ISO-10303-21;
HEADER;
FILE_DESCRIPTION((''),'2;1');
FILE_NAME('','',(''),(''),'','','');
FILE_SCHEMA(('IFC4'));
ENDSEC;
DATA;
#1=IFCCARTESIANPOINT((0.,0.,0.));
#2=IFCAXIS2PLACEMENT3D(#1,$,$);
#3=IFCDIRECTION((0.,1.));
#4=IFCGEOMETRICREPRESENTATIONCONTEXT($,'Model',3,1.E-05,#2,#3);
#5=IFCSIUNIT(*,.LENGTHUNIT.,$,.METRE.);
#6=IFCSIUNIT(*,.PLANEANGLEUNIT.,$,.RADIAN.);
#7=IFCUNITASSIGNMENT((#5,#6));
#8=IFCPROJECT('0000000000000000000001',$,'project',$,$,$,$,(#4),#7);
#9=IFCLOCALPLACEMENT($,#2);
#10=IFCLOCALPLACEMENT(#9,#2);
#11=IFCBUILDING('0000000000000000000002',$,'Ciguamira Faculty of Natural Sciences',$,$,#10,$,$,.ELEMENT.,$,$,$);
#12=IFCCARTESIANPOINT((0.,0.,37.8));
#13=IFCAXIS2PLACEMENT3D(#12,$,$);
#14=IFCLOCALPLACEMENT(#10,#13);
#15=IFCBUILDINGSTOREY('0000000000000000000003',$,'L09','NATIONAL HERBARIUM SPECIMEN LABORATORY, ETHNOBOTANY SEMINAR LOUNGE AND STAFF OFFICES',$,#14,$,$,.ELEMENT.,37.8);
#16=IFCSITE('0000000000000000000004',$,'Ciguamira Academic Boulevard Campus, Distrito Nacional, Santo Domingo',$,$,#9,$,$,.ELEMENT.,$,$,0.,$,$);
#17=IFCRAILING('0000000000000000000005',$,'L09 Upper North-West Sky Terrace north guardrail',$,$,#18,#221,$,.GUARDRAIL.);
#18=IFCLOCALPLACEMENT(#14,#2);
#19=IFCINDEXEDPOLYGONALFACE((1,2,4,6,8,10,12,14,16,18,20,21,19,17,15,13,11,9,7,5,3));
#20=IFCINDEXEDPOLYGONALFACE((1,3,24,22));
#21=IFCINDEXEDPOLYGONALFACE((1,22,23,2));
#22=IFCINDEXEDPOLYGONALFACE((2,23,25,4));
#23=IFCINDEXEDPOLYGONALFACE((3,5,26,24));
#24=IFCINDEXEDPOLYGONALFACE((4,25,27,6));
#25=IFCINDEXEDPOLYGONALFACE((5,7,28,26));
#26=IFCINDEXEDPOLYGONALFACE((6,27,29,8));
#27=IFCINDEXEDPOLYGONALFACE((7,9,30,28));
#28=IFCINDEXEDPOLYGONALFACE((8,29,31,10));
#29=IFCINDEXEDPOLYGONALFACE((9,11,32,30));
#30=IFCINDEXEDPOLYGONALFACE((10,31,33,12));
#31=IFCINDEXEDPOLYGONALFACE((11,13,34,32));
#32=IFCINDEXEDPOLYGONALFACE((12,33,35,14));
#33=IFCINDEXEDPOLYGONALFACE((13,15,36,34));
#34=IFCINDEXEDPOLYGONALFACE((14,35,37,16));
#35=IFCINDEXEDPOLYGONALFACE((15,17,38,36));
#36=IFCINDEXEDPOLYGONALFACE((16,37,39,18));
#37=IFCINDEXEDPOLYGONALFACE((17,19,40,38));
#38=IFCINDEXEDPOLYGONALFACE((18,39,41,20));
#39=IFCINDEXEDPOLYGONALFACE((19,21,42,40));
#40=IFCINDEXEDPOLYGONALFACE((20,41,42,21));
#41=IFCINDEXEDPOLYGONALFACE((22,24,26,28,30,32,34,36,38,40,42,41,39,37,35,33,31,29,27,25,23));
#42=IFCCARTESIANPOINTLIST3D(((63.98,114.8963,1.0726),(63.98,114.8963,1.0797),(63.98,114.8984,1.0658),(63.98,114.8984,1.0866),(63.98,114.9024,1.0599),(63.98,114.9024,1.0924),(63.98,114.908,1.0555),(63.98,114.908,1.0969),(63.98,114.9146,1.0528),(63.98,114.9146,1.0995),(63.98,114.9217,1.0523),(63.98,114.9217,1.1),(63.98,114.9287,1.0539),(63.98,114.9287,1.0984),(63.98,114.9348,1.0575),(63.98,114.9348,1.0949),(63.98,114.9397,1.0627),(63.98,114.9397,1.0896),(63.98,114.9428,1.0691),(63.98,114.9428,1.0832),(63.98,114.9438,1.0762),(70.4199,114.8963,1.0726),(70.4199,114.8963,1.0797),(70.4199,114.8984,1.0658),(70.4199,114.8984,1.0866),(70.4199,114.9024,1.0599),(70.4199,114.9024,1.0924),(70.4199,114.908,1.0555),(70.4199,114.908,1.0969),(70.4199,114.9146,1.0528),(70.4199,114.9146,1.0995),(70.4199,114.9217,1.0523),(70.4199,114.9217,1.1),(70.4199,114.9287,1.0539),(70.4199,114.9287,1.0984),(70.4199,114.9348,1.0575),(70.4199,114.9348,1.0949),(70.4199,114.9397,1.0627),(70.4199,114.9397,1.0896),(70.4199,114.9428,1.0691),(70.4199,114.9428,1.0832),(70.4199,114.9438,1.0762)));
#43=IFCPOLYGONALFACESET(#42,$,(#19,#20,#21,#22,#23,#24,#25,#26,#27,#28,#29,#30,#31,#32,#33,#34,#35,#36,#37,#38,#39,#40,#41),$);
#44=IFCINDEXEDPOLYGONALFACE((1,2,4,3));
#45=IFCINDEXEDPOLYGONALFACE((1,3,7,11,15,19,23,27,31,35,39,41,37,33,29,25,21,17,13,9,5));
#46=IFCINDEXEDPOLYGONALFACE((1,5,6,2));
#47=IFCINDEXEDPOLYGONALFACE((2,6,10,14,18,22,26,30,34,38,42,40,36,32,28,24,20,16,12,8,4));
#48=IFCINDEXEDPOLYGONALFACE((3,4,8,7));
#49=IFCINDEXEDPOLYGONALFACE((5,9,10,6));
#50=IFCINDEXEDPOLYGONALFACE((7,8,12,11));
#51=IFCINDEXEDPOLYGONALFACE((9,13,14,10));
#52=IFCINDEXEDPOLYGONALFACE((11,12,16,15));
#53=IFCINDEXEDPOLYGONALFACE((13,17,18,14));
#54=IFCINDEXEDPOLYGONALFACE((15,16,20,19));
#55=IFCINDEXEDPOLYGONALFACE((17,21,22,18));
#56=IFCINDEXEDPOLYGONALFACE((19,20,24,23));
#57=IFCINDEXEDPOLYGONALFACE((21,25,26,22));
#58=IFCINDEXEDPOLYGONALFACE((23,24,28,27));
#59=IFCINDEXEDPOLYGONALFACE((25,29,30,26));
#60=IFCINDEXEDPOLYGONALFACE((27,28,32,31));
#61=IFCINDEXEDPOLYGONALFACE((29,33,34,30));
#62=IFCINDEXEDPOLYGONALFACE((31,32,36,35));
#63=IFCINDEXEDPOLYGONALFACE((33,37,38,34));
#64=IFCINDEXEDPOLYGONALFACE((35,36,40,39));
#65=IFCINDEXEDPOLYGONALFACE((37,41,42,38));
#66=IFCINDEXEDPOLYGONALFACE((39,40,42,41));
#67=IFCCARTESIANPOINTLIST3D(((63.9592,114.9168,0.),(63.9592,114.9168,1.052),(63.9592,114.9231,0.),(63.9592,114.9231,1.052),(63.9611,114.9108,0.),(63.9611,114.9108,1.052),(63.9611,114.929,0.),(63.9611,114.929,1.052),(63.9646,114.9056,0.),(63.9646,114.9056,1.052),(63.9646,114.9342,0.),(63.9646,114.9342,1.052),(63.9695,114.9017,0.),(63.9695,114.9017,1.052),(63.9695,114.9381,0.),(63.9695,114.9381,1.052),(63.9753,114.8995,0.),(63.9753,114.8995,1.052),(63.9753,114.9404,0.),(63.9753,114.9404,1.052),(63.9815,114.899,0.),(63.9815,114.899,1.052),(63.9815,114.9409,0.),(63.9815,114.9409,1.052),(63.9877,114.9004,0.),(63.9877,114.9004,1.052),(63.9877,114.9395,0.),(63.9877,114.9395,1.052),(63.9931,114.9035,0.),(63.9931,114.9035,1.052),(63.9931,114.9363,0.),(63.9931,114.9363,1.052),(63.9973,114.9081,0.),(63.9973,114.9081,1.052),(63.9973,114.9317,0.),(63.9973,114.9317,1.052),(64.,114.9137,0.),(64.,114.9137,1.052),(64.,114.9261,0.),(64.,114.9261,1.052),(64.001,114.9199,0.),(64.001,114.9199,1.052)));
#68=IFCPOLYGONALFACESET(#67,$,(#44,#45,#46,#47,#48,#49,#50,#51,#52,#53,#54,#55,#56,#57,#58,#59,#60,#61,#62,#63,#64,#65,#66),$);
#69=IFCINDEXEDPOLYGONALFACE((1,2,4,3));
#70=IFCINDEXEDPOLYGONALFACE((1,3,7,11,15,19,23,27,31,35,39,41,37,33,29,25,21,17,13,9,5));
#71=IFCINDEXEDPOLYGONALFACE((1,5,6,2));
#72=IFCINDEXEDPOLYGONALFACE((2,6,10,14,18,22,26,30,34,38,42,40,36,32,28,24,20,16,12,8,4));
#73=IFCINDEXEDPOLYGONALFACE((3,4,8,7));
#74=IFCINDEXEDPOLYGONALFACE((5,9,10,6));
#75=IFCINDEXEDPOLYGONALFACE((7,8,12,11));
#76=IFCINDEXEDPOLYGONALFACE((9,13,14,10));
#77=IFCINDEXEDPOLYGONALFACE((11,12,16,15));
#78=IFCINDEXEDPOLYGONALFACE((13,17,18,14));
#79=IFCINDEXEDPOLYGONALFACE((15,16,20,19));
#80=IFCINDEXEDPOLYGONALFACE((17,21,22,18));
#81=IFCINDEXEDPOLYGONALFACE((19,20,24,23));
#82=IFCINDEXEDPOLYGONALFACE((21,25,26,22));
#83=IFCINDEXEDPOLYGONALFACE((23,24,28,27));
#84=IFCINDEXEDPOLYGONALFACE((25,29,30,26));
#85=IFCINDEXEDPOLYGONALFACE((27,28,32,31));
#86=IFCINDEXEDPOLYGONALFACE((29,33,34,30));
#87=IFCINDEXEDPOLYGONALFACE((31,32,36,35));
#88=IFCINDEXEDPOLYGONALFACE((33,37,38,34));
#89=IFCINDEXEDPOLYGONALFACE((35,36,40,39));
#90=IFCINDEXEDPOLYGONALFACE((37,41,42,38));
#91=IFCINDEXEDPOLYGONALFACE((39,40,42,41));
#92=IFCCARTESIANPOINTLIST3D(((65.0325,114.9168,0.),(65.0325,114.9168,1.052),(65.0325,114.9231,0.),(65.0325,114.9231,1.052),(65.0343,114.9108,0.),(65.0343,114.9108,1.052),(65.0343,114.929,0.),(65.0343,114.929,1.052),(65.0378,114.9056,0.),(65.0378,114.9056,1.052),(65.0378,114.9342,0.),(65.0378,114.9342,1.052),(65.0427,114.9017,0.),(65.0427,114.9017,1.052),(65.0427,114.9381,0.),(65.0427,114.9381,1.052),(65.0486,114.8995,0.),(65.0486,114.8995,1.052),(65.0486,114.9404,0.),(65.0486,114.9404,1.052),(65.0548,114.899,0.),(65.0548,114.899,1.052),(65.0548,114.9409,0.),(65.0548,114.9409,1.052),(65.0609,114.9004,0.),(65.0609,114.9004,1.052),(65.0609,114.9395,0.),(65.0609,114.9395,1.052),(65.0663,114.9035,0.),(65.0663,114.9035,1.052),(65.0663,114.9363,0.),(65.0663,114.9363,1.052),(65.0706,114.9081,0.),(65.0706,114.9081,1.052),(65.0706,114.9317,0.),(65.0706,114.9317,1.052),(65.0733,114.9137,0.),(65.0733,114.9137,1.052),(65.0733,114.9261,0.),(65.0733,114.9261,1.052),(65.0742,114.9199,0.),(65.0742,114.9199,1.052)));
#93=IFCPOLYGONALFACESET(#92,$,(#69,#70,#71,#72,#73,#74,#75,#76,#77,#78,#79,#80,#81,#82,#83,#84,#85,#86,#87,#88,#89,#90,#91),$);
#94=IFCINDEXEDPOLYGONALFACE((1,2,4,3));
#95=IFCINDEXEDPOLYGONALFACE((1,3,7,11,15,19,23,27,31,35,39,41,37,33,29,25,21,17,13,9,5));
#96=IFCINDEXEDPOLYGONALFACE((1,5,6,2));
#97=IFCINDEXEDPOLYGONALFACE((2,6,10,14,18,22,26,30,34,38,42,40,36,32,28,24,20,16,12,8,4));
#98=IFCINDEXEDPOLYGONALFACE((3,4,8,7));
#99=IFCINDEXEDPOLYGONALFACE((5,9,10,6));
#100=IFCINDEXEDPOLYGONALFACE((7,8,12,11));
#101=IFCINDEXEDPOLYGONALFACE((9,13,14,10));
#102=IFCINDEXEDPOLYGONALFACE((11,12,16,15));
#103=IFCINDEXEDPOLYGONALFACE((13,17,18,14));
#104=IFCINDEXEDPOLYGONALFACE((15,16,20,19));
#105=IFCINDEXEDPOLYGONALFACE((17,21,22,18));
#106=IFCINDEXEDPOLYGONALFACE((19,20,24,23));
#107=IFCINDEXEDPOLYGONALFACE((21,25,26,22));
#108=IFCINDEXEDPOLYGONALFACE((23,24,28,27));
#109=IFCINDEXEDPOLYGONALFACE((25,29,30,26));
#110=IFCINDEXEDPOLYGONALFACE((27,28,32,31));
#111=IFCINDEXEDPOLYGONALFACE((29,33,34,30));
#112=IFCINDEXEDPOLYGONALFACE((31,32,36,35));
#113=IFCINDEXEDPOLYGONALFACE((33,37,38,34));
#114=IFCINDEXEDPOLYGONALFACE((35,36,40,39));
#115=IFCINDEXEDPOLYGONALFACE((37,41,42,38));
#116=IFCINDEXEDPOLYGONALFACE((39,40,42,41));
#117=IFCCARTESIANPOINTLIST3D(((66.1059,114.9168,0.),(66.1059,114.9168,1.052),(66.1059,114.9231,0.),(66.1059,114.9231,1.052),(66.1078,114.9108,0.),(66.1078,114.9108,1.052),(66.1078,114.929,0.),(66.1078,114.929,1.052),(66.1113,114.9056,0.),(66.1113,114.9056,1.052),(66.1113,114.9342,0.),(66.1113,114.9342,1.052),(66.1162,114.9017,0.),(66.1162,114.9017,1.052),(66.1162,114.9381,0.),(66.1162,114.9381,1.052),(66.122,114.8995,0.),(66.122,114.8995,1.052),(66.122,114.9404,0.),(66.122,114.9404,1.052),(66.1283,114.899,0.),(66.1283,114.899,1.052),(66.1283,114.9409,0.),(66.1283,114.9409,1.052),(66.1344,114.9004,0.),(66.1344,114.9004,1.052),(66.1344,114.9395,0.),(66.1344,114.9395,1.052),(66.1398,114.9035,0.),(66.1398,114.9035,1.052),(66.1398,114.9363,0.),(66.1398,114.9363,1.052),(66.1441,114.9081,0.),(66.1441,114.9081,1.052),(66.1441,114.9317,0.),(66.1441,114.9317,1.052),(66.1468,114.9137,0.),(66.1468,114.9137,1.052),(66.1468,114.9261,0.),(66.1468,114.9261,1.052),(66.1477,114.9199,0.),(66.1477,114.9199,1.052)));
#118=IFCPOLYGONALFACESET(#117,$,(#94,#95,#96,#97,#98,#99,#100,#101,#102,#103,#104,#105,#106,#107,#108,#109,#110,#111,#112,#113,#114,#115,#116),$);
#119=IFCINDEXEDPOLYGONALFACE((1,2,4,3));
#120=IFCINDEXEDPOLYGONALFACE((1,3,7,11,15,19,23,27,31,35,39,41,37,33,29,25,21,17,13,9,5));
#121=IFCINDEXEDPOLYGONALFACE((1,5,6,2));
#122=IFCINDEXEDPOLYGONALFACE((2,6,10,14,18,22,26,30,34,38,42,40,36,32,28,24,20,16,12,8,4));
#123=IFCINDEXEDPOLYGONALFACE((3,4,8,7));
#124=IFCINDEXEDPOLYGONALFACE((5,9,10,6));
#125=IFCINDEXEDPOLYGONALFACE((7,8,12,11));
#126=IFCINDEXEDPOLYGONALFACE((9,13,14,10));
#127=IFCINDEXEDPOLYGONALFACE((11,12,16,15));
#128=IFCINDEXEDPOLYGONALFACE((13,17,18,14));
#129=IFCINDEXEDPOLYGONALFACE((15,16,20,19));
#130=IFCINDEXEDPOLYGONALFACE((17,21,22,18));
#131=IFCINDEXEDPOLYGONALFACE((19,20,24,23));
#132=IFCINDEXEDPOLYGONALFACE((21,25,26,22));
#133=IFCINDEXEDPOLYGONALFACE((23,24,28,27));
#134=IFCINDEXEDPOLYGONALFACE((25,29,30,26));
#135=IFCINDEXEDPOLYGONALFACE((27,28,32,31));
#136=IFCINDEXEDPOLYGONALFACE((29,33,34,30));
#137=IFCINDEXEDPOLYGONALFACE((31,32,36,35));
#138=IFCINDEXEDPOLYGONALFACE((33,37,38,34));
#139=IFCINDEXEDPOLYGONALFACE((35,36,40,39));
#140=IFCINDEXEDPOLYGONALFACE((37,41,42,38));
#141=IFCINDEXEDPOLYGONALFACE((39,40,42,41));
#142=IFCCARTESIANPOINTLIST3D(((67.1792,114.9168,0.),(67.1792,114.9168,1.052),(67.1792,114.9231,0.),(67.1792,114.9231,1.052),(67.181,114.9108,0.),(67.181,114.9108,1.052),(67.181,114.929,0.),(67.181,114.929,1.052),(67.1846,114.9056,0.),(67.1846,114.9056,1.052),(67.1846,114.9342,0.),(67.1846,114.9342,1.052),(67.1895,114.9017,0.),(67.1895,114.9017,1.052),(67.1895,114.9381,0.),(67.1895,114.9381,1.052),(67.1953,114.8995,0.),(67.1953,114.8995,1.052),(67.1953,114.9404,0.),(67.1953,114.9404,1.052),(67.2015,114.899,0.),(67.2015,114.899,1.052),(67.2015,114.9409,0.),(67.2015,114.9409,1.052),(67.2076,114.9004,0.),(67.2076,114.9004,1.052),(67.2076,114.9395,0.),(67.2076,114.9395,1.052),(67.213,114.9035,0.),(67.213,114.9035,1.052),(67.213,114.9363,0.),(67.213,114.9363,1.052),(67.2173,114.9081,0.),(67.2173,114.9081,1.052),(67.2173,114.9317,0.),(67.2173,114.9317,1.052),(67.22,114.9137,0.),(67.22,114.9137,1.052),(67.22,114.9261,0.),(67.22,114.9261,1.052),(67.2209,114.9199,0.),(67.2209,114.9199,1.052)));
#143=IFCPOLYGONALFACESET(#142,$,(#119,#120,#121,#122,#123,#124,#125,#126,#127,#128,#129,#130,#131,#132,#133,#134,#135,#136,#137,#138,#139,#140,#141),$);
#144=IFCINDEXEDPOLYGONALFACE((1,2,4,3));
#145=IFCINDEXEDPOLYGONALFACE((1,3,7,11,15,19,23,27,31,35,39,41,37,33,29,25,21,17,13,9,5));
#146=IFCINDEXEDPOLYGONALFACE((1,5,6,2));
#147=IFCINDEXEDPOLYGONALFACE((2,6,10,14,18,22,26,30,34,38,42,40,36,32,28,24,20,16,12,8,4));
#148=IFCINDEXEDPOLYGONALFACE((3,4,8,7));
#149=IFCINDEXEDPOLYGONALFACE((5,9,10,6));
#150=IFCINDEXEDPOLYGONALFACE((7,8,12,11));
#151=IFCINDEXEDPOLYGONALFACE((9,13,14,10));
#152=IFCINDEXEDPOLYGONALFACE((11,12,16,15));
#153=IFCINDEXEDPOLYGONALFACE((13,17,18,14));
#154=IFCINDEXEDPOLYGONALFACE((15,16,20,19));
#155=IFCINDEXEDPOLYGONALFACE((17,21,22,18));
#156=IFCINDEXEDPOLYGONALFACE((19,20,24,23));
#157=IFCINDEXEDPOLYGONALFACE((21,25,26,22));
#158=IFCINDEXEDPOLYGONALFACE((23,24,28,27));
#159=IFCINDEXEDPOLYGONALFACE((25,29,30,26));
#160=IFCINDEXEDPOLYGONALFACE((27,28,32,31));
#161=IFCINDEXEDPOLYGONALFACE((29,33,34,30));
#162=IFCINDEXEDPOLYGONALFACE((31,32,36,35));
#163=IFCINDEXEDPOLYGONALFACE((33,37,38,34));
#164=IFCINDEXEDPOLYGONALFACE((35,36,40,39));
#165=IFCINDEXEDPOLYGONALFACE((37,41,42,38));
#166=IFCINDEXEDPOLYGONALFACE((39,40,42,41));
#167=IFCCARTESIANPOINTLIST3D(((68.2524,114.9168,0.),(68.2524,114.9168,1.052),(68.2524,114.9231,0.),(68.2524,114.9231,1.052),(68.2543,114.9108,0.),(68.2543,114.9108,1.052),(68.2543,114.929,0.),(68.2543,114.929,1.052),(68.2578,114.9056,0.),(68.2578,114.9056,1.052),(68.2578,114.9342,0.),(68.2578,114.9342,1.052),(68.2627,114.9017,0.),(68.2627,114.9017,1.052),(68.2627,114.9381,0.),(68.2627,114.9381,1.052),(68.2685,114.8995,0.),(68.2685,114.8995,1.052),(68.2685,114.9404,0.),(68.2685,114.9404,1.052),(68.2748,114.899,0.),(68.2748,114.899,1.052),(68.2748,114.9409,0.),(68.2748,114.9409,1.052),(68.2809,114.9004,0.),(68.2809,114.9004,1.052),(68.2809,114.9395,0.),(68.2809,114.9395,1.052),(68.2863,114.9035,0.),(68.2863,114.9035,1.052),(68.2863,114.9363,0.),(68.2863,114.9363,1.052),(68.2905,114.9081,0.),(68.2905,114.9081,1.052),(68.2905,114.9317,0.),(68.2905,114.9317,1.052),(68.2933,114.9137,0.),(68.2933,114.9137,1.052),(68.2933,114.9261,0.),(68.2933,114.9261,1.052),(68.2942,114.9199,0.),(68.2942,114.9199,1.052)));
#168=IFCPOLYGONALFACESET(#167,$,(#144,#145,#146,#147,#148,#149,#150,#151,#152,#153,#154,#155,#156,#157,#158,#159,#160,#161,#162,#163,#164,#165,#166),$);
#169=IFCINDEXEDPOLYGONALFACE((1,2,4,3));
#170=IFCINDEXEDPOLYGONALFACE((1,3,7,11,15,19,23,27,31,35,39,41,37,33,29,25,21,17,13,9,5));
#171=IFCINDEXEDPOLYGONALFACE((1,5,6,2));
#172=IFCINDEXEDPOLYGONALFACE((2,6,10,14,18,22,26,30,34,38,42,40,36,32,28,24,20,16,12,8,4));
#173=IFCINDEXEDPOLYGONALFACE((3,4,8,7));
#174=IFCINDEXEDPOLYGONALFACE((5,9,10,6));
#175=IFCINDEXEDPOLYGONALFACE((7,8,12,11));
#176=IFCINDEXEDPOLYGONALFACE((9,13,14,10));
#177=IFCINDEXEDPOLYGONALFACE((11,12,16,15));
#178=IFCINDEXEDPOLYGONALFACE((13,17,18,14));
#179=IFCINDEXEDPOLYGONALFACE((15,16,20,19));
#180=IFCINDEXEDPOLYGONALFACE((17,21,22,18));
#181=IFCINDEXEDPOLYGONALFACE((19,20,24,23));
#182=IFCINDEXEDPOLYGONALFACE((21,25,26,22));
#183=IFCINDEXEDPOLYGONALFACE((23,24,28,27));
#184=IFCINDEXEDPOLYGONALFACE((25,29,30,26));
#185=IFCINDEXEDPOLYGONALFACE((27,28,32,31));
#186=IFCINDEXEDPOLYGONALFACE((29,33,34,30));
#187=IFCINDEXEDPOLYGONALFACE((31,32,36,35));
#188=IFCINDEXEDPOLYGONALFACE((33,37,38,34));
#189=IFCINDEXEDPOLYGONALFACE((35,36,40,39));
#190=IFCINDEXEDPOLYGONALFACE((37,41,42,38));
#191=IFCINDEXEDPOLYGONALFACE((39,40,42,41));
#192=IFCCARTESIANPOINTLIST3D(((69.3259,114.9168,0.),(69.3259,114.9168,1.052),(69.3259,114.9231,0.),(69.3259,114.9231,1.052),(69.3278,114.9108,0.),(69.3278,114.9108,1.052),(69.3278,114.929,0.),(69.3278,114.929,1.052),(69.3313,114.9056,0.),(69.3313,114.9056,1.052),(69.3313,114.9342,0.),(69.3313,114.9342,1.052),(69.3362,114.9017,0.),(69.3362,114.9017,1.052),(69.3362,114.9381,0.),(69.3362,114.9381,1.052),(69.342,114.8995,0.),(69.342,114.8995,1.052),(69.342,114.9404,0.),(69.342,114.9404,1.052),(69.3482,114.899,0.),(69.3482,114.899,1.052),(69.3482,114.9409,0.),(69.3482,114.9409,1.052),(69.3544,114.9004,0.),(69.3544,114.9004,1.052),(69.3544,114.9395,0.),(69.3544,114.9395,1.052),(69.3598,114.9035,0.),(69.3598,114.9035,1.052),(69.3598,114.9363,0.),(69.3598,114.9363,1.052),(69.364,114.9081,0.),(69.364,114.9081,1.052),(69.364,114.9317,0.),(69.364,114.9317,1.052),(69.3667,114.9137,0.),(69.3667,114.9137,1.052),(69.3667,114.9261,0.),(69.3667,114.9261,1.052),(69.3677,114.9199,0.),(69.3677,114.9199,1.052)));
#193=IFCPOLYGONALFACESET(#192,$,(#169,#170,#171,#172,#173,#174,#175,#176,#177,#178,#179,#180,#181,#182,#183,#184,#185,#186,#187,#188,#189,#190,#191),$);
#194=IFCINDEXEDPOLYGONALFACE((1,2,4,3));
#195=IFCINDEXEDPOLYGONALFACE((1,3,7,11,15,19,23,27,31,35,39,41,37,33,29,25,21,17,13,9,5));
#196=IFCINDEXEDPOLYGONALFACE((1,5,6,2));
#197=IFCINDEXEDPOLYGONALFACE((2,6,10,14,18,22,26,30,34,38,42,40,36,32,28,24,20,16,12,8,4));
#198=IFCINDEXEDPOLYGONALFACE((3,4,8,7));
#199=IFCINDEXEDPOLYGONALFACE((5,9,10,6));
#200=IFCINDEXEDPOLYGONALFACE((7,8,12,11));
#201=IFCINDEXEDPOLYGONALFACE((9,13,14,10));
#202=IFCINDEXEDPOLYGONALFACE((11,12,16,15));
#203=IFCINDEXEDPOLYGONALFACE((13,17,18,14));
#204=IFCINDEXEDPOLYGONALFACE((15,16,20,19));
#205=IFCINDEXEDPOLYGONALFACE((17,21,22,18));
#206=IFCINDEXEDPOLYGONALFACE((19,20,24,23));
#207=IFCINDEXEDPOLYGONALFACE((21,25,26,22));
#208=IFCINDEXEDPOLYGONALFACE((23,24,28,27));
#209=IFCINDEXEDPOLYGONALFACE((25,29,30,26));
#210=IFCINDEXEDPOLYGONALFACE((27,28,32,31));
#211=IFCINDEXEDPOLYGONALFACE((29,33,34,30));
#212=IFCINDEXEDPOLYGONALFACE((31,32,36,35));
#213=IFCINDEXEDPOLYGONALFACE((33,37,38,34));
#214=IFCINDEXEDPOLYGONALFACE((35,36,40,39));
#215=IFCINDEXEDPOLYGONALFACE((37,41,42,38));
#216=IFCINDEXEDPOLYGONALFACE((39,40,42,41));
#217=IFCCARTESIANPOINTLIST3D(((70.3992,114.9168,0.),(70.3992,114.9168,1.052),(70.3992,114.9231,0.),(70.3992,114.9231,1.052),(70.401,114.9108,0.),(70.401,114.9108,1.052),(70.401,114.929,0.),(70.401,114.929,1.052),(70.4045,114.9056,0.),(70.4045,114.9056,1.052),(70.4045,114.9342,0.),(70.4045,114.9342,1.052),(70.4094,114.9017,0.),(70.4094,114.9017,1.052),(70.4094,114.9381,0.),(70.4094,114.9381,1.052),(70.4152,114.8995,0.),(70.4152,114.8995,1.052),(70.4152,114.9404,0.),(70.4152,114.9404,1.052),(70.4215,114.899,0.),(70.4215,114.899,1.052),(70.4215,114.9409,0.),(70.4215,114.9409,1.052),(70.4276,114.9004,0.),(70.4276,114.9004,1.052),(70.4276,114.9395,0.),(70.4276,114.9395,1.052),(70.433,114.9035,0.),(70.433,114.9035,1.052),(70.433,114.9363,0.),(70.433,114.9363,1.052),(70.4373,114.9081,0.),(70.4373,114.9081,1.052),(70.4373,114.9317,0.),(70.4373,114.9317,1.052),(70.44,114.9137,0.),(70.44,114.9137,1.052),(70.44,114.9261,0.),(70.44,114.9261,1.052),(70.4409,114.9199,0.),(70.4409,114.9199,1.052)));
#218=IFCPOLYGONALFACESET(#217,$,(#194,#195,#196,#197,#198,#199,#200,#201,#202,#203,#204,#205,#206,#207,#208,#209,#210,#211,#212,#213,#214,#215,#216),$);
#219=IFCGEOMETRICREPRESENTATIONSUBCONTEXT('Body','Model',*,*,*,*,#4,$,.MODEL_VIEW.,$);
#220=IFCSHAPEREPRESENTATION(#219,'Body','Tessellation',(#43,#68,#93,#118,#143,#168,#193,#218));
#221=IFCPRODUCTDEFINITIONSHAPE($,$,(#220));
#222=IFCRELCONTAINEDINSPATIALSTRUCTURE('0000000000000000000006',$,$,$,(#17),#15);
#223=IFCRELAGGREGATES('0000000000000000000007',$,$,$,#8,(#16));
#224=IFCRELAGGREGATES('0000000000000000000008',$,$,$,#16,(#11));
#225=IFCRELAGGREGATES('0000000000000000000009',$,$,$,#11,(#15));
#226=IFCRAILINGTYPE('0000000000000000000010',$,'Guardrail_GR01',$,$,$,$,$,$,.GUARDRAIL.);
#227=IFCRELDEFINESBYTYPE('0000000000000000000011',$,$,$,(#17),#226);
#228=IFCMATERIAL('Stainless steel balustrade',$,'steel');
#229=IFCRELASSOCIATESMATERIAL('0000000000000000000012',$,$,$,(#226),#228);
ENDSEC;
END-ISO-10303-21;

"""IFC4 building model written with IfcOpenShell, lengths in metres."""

from ifc_helpers import new_model, si_unit, direction, frame, origin, origin_2d, place, context, subcontext, project, spatial, circle, extrude, material, type_object, element, save


model = new_model("IFC4")

# Units and contexts
model_context = context("Model", 3, precision=1e-05, world=origin(), true_north=direction((0.0, 1.0)))
body_context = subcontext(model_context, "Body", "Model", "MODEL_VIEW")
ifc_project = project(units=[si_unit("LENGTHUNIT", "METRE"), si_unit("PLANEANGLEUNIT", "RADIAN")], contexts=[model_context])

# Site, building, storey
site_placement = place(None, origin())
site = spatial("IfcSite", under=ifc_project, at=site_placement, Name="Ciguamira Academic Boulevard Campus, Distrito Nacional, Santo Domingo", CompositionType="ELEMENT", RefElevation=0.0)
building_placement = place(site_placement, origin())
building = spatial("IfcBuilding", under=site, at=building_placement, Name="Ciguamira Faculty of Natural Sciences", CompositionType="ELEMENT")
storey_placement = place(building_placement, frame((0.0, 0.0, 37.8)))
storey = spatial("IfcBuildingStorey", under=building, at=storey_placement, Name="L09", Description="NATIONAL HERBARIUM SPECIMEN LABORATORY, ETHNOBOTANY SEMINAR LOUNGE AND STAFF OFFICES", CompositionType="ELEMENT", Elevation=37.8)

# Railing
ifc_material_1 = material(Name="Stainless steel balustrade", Category="steel")
railing_type = type_object("IfcRailingType", Name="Guardrail_GR01", PredefinedType="GUARDRAIL", material=ifc_material_1)
railing_1_placement = place(storey_placement, frame((63.98, 114.9199, 0.0)))
element("IfcRailing", 1, at=railing_1_placement, inside=storey, type_object=railing_type, Name="L09 Upper North-West Sky Terrace north guardrail", PredefinedType="GUARDRAIL", context=body_context, shape_type="SweptSolid", body=[
    extrude(circle(Radius=0.0239, at=origin_2d()), frame((0.0, 0.0, 1.0762), z_axis=(1.0, 0.0, 0.0), x_axis=(0.0, 1.0, 0.0)), (0.0, 0.0, 1.0), 6.4399),
    extrude(circle(Radius=0.021, at=origin_2d()), origin(), (0.0, 0.0, 1.0), 1.052),
    extrude(circle(Radius=0.021, at=origin_2d()), frame((1.0732, 0.0, 0.0)), (0.0, 0.0, 1.0), 1.052),
    extrude(circle(Radius=0.021, at=origin_2d()), frame((2.1467, 0.0, 0.0)), (0.0, 0.0, 1.0), 1.052),
    extrude(circle(Radius=0.021, at=origin_2d()), frame((3.22, 0.0, 0.0)), (0.0, 0.0, 1.0), 1.052),
    extrude(circle(Radius=0.021, at=origin_2d()), frame((4.2932, 0.0, 0.0)), (0.0, 0.0, 1.0), 1.052),
    extrude(circle(Radius=0.021, at=origin_2d()), frame((5.3667, 0.0, 0.0)), (0.0, 0.0, 1.0), 1.052),
    extrude(circle(Radius=0.021, at=origin_2d()), frame((6.4399, 0.0, 0.0)), (0.0, 0.0, 1.0), 1.052),
])

save(model, "model.ifc")
